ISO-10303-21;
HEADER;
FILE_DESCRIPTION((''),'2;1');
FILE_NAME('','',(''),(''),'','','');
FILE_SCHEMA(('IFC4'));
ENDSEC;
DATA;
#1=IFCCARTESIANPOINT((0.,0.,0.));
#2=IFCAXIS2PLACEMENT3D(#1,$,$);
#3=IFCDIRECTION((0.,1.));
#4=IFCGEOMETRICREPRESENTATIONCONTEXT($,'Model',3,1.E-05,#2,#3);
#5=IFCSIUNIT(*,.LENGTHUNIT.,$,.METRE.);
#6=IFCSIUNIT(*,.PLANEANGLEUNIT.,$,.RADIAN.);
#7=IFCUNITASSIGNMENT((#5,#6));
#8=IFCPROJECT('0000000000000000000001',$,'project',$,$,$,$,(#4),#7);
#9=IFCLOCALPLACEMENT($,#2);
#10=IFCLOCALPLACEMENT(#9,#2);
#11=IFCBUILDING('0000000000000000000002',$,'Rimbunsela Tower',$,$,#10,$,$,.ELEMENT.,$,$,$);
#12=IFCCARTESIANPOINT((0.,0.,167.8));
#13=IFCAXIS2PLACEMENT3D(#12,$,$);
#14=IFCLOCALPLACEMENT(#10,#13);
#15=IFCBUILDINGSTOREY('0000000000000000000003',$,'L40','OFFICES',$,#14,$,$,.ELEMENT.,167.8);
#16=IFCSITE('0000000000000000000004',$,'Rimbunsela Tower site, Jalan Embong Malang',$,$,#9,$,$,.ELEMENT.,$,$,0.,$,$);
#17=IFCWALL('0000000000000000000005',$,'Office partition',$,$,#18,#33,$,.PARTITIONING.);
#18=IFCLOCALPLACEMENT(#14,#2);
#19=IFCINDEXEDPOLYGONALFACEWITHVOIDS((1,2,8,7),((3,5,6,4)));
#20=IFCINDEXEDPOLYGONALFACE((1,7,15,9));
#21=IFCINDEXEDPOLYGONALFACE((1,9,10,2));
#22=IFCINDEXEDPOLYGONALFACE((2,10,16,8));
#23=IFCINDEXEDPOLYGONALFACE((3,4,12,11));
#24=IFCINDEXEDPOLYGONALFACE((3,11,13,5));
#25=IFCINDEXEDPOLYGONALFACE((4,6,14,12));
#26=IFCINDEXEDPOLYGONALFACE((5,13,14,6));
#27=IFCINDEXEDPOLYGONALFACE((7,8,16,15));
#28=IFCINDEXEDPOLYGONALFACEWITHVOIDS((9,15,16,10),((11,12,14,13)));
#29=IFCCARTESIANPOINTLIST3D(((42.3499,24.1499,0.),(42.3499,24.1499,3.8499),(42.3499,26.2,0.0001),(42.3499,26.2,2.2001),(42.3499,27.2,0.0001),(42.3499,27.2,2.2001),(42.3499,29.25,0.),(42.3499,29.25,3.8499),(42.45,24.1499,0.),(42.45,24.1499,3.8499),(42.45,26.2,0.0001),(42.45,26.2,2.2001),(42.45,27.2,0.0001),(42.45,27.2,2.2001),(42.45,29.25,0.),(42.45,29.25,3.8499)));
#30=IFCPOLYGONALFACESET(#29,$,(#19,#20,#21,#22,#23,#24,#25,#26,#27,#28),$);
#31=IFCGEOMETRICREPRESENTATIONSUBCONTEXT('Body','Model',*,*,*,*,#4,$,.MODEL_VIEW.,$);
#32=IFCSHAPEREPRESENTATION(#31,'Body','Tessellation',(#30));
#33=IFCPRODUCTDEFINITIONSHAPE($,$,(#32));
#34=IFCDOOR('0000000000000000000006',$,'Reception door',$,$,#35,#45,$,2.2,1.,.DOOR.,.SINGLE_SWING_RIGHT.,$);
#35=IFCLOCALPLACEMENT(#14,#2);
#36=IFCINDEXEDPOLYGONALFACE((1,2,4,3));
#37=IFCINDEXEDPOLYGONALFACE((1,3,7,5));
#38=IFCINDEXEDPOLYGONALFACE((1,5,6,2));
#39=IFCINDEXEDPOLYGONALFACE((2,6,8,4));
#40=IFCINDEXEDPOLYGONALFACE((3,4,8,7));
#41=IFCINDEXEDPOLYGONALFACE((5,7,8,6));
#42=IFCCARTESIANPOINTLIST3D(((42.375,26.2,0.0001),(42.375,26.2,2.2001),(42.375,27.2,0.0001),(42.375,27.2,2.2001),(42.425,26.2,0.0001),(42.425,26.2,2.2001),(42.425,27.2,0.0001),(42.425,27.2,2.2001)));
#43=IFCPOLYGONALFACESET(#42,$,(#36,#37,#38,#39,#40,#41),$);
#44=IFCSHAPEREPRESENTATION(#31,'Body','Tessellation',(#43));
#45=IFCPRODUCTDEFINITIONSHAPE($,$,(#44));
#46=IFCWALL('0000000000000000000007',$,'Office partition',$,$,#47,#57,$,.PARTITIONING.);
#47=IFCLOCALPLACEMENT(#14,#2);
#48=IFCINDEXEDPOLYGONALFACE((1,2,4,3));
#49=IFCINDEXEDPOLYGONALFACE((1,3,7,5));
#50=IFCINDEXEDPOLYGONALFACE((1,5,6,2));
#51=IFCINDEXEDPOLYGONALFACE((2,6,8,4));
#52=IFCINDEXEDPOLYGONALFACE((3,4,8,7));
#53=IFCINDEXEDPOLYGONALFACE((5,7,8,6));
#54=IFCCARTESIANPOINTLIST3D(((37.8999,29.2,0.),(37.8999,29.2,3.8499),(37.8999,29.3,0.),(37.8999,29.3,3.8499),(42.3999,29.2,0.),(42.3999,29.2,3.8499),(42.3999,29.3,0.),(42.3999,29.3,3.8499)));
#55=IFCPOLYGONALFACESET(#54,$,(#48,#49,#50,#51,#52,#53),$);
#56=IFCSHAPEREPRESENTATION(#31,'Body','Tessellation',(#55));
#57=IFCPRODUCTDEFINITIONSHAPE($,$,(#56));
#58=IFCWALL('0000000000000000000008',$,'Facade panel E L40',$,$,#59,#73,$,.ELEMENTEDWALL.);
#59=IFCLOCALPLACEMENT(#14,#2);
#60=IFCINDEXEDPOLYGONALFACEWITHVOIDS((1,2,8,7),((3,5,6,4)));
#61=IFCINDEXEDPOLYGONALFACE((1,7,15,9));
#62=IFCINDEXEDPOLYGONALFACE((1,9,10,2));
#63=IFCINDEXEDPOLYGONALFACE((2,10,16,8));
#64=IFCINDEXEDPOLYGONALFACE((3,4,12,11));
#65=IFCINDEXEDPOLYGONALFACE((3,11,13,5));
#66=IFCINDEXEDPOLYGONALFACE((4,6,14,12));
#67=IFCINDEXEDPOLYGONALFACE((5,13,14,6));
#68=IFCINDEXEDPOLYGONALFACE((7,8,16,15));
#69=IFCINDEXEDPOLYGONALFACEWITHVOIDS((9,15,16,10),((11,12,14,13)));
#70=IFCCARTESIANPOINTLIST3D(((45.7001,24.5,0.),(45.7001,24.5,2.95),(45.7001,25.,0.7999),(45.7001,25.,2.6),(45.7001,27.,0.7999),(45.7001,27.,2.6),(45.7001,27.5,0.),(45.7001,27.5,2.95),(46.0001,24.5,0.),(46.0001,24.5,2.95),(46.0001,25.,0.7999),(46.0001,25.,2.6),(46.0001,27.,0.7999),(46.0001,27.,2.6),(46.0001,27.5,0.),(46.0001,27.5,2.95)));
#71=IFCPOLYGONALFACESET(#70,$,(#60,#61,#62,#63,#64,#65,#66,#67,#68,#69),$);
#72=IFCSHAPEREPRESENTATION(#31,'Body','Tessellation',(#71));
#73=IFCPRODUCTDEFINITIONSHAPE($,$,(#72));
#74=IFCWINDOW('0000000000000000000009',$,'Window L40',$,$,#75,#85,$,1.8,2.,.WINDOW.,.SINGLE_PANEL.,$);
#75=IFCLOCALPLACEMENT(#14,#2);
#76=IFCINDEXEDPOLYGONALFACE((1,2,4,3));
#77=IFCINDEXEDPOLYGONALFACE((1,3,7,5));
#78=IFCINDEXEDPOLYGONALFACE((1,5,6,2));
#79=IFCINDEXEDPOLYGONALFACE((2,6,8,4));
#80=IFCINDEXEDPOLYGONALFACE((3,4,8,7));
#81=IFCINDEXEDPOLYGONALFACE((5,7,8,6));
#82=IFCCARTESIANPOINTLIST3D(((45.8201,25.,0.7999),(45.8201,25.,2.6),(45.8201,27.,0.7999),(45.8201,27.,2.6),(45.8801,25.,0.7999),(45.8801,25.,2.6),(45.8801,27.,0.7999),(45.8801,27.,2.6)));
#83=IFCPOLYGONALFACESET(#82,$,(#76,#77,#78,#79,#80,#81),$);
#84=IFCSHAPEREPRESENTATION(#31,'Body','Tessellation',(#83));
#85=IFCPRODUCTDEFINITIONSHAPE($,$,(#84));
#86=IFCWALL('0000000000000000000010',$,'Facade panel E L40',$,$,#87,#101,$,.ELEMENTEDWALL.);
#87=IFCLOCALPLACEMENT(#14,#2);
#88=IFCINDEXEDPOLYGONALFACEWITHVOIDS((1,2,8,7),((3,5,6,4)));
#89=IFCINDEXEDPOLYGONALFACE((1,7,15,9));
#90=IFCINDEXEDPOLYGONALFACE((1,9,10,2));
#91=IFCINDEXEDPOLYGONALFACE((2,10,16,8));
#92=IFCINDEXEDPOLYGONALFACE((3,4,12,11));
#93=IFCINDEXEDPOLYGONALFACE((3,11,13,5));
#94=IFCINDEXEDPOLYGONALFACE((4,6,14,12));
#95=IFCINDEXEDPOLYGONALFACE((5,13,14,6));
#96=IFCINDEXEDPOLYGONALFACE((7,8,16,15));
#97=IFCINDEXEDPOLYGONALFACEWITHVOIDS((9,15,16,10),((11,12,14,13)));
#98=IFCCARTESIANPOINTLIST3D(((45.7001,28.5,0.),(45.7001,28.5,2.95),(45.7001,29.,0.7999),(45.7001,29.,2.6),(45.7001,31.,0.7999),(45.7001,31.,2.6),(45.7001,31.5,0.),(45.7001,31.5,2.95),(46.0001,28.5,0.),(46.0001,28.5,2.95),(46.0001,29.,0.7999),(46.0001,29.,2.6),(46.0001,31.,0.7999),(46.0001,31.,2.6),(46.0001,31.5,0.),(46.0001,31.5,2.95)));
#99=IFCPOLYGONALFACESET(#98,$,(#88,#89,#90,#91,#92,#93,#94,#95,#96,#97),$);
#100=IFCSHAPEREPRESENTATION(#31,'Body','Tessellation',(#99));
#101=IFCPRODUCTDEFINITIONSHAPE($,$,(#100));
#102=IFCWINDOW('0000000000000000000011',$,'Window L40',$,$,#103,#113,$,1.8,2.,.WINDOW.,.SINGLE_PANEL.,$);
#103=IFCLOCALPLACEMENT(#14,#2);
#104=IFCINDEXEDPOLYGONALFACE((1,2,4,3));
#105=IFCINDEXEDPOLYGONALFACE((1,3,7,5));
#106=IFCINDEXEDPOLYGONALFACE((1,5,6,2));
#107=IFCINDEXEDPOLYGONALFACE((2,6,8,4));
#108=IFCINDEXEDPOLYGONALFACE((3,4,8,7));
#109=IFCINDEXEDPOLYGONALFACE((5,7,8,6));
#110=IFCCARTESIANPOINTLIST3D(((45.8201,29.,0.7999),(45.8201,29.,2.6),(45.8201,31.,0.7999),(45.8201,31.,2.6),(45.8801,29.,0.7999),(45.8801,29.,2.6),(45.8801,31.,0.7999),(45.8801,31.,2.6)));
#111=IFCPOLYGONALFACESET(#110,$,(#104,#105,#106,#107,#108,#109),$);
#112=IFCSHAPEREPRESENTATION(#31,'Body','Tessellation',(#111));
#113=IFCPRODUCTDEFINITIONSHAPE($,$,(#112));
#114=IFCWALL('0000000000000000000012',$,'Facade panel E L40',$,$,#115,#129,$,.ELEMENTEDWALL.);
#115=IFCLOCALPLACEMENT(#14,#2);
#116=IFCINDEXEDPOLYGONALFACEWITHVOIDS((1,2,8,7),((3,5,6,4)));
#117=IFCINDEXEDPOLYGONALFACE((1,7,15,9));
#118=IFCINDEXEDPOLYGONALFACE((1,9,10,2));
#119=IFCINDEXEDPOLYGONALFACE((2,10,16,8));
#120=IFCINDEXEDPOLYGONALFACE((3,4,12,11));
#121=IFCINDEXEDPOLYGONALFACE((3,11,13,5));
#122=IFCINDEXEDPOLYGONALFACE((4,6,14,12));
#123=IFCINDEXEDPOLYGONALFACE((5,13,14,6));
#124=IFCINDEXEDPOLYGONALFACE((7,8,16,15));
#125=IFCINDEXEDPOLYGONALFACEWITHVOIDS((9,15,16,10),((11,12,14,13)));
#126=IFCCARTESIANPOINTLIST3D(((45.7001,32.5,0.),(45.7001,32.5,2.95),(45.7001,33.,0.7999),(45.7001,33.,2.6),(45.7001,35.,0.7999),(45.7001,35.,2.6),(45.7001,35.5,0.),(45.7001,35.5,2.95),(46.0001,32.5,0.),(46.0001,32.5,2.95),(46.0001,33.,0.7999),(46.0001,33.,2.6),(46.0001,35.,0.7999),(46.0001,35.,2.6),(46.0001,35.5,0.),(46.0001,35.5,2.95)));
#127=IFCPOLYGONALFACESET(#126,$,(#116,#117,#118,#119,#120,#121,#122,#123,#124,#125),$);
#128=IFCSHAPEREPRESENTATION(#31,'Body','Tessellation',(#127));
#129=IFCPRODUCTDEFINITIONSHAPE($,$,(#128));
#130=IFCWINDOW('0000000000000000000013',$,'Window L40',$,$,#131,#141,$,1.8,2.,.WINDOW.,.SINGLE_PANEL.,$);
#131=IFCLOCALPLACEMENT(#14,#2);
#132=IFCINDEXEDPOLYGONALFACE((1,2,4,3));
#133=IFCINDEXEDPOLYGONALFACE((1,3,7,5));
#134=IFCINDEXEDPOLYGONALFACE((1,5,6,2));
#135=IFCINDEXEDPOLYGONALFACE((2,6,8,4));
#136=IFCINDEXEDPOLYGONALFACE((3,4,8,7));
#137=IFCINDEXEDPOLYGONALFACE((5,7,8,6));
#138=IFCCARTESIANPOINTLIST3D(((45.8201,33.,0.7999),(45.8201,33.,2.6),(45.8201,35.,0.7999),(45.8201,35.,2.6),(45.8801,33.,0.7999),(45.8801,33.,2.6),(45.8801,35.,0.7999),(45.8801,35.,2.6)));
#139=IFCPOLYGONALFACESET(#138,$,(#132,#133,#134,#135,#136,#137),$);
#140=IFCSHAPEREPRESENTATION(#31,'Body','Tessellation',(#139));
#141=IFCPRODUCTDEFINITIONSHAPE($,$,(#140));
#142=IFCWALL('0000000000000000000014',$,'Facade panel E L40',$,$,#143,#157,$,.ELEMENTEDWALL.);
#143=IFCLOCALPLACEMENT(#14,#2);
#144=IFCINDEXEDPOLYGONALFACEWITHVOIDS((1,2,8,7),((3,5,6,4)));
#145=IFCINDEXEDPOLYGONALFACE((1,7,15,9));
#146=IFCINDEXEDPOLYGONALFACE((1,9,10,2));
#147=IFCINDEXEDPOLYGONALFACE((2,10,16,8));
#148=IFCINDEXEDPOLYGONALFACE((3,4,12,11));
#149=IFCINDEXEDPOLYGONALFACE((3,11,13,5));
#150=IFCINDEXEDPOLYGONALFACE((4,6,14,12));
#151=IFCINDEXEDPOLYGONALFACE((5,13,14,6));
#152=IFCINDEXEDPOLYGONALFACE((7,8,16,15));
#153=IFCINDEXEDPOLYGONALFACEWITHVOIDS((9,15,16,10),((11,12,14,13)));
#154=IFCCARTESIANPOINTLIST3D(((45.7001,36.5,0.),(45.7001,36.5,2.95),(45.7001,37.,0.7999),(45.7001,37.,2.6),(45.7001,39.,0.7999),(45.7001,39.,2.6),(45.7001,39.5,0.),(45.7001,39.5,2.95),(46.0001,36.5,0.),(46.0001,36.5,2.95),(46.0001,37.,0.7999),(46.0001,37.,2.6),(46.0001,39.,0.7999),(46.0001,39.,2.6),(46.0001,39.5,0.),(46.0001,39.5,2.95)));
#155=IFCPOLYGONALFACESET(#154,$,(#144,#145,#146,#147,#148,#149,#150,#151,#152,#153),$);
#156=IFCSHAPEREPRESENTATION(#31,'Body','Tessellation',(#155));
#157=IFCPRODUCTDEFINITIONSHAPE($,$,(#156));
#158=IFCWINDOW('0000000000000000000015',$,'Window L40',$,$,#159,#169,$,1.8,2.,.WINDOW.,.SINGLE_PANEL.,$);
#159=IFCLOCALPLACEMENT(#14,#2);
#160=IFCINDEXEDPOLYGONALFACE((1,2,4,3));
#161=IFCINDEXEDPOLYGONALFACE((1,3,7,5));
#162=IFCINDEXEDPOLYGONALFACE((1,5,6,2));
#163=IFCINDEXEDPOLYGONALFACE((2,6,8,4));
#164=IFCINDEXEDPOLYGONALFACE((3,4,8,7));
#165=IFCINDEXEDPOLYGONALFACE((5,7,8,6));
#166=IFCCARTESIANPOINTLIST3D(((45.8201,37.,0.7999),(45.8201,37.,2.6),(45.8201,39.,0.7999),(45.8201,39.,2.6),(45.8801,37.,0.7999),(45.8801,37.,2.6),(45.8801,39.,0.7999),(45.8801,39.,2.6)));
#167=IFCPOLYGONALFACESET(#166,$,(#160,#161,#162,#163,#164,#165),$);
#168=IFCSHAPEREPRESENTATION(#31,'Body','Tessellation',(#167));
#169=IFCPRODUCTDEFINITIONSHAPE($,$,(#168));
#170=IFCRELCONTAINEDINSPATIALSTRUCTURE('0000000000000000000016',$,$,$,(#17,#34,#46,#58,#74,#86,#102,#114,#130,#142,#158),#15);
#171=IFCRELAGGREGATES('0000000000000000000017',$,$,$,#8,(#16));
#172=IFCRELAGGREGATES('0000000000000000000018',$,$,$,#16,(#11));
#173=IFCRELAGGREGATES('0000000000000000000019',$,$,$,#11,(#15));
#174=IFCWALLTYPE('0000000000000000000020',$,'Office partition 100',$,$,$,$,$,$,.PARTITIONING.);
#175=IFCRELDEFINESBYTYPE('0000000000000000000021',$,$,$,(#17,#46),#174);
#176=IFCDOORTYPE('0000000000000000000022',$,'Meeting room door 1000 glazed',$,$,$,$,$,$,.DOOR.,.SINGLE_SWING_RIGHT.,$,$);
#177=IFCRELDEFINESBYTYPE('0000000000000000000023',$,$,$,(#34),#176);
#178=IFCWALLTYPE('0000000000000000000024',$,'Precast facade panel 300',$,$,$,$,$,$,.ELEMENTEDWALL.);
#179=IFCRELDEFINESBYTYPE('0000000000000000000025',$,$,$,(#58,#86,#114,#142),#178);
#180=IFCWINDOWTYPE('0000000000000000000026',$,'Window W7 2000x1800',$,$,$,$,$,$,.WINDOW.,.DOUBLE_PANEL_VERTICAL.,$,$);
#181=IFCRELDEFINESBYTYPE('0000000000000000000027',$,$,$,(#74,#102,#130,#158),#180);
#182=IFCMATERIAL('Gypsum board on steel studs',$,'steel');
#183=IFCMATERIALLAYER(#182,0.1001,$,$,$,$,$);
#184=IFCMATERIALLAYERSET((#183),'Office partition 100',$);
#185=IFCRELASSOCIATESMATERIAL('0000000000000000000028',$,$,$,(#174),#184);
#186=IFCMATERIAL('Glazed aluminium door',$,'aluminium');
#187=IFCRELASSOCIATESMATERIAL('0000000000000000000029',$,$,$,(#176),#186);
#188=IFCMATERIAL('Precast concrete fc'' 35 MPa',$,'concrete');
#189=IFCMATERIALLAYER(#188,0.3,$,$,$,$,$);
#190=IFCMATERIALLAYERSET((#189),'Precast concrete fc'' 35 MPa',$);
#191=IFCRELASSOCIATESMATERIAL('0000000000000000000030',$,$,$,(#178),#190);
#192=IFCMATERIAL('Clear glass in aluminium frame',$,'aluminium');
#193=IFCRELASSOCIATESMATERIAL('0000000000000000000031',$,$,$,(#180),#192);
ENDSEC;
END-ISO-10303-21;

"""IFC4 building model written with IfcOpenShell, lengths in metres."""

from ifc_helpers import new_model, si_unit, direction, frame, frame_2d, origin, place, context, subcontext, project, spatial, rectangle, extrude, material, layer, layer_set, type_object, element, fill, save


model = new_model("IFC4")

# Units and contexts
model_context = context("Model", 3, precision=1e-05, world=origin(), true_north=direction((0.0, 1.0)))
body_context = subcontext(model_context, "Body", "Model", "MODEL_VIEW")
ifc_project = project(units=[si_unit("LENGTHUNIT", "METRE"), si_unit("PLANEANGLEUNIT", "RADIAN")], contexts=[model_context])

# Site, building, storey
site_placement = place(None, origin())
site = spatial("IfcSite", under=ifc_project, at=site_placement, Name="Rimbunsela Tower site, Jalan Embong Malang", CompositionType="ELEMENT", RefElevation=0.0)
building_placement = place(site_placement, origin())
building = spatial("IfcBuilding", under=site, at=building_placement, Name="Rimbunsela Tower", CompositionType="ELEMENT")
storey_placement = place(building_placement, frame((0.0, 0.0, 167.8)))
storey = spatial("IfcBuildingStorey", under=building, at=storey_placement, Name="L40", Description="OFFICES", CompositionType="ELEMENT", Elevation=167.8)

# Wall, opening, door
ifc_material_1 = material(Name="Gypsum board on steel studs", Category="steel")
ifc_layer_1 = layer(ifc_material_1, 0.1001)
ifc_layer_set_1 = layer_set([ifc_layer_1], Name="Office partition 100")
wall_type_1 = type_object("IfcWallType", Name="Office partition 100", PredefinedType="PARTITIONING", material=ifc_layer_set_1)
wall_1_placement = place(storey_placement, frame((42.3999, 24.1499, 0.0), z_axis=(0.0, 0.0, 1.0), x_axis=(0.0, 1.0, 0.0)))
wall_1 = element("IfcWall", 1, at=wall_1_placement, inside=storey, type_object=wall_type_1, Name="Office partition", PredefinedType="PARTITIONING", context=body_context, shape_type="SweptSolid", body=[
    extrude(rectangle(XDim=5.1001, YDim=0.1001, at=frame_2d((2.55, 0.0))), origin(), (0.0, 0.0, 1.0), 3.8499),
])
opening_1_placement = place(wall_1_placement, frame((2.05, 0.0, 0.0)))
opening_1 = element("IfcOpeningElement", 2, at=opening_1_placement, cuts=wall_1, PredefinedType="OPENING", context=body_context, shape_type="SweptSolid", body=[
    extrude(rectangle(XDim=1.0, YDim=2.2, at=frame_2d((0.5, 1.1001))), frame((0.0, 0.0601, 0.0), z_axis=(0.0, -1.0, 0.0), x_axis=(1.0, 0.0, 0.0)), (0.0, 0.0, 1.0), 0.1201),
])
ifc_material_2 = material(Name="Glazed aluminium door", Category="aluminium")
door_type = type_object("IfcDoorType", Name="Meeting room door 1000 glazed", OperationType="SINGLE_SWING_RIGHT", PredefinedType="DOOR", material=ifc_material_2)
door_placement = place(opening_1_placement, origin())
door = element("IfcDoor", 3, at=door_placement, inside=storey, type_object=door_type, Name="Reception door", OperationType="SINGLE_SWING_RIGHT", OverallHeight=2.2, OverallWidth=1.0, PredefinedType="DOOR", context=body_context, shape_type="SweptSolid", body=[
    extrude(rectangle(XDim=1.0, YDim=2.2, at=frame_2d((0.5, 1.1001))), frame((0.0, 0.0249, 0.0), z_axis=(0.0, -1.0, 0.0), x_axis=(1.0, 0.0, 0.0)), (0.0, 0.0, 1.0), 0.05),
])
fill(opening_1, door)

# Wall
wall_2_placement = place(storey_placement, frame((42.3999, 29.25, 0.0), z_axis=(0.0, 0.0, 1.0), x_axis=(-1.0, 0.0, 0.0)))
element("IfcWall", 4, at=wall_2_placement, inside=storey, type_object=wall_type_1, Name="Office partition", PredefinedType="PARTITIONING", context=body_context, shape_type="SweptSolid", body=[
    extrude(rectangle(XDim=4.5, YDim=0.1001, at=frame_2d((2.25, 0.0))), origin(), (0.0, 0.0, 1.0), 3.8499),
])

# Walls, openings, windows
ifc_material_3 = material(Name="Precast concrete fc' 35 MPa", Category="concrete")
ifc_layer_2 = layer(ifc_material_3, 0.3)
ifc_layer_set_2 = layer_set([ifc_layer_2], Name="Precast concrete fc' 35 MPa")
wall_type_2 = type_object("IfcWallType", Name="Precast facade panel 300", PredefinedType="ELEMENTEDWALL", material=ifc_layer_set_2)
wall_3_placement = place(storey_placement, frame((45.8501, 24.5, 0.0), z_axis=(0.0, 0.0, 1.0), x_axis=(0.0, 1.0, 0.0)))
wall_3 = element("IfcWall", 5, at=wall_3_placement, inside=storey, type_object=wall_type_2, Name="Facade panel E L40", PredefinedType="ELEMENTEDWALL", context=body_context, shape_type="SweptSolid", body=[
    extrude(rectangle(XDim=3.0, YDim=0.3, at=frame_2d((1.5, 0.0))), origin(), (0.0, 0.0, 1.0), 2.95),
])
opening_2_placement = place(wall_3_placement, frame((0.5, 0.0, 0.8)))
opening_2 = element("IfcOpeningElement", 6, at=opening_2_placement, cuts=wall_3, PredefinedType="OPENING", context=body_context, shape_type="SweptSolid", body=[
    extrude(rectangle(XDim=2.0, YDim=1.8, at=frame_2d((1.0, 0.8999))), frame((0.0, 0.1599, 0.0), z_axis=(0.0, -1.0, 0.0), x_axis=(1.0, 0.0, 0.0)), (0.0, 0.0, 1.0), 0.3201),
])
ifc_material_4 = material(Name="Clear glass in aluminium frame", Category="aluminium")
window_type = type_object("IfcWindowType", Name="Window W7 2000x1800", PartitioningType="DOUBLE_PANEL_VERTICAL", PredefinedType="WINDOW", material=ifc_material_4)
window_1_placement = place(opening_2_placement, origin())
window_1 = element("IfcWindow", 7, at=window_1_placement, inside=storey, type_object=window_type, Name="Window L40", OverallHeight=1.8, OverallWidth=2.0, PartitioningType="SINGLE_PANEL", PredefinedType="WINDOW", context=body_context, shape_type="SweptSolid", body=[
    extrude(rectangle(XDim=2.0, YDim=1.8, at=frame_2d((1.0, 0.8999))), frame((0.0, 0.03, 0.0), z_axis=(0.0, -1.0, 0.0), x_axis=(1.0, 0.0, 0.0)), (0.0, 0.0, 1.0), 0.0601),
])
fill(opening_2, window_1)
wall_4_placement = place(storey_placement, frame((45.8501, 28.5, 0.0), z_axis=(0.0, 0.0, 1.0), x_axis=(0.0, 1.0, 0.0)))
wall_4 = element("IfcWall", 8, at=wall_4_placement, inside=storey, type_object=wall_type_2, Name="Facade panel E L40", PredefinedType="ELEMENTEDWALL", context=body_context, shape_type="SweptSolid", body=[
    extrude(rectangle(XDim=3.0, YDim=0.3, at=frame_2d((1.5, 0.0))), origin(), (0.0, 0.0, 1.0), 2.95),
])
opening_3_placement = place(wall_4_placement, frame((0.5, 0.0, 0.8)))
opening_3 = element("IfcOpeningElement", 9, at=opening_3_placement, cuts=wall_4, PredefinedType="OPENING", context=body_context, shape_type="SweptSolid", body=[
    extrude(rectangle(XDim=2.0, YDim=1.8, at=frame_2d((1.0, 0.8999))), frame((0.0, 0.1599, 0.0), z_axis=(0.0, -1.0, 0.0), x_axis=(1.0, 0.0, 0.0)), (0.0, 0.0, 1.0), 0.3201),
])
window_2_placement = place(opening_3_placement, origin())
window_2 = element("IfcWindow", 10, at=window_2_placement, inside=storey, type_object=window_type, Name="Window L40", OverallHeight=1.8, OverallWidth=2.0, PartitioningType="SINGLE_PANEL", PredefinedType="WINDOW", context=body_context, shape_type="SweptSolid", body=[
    extrude(rectangle(XDim=2.0, YDim=1.8, at=frame_2d((1.0, 0.8999))), frame((0.0, 0.03, 0.0), z_axis=(0.0, -1.0, 0.0), x_axis=(1.0, 0.0, 0.0)), (0.0, 0.0, 1.0), 0.0601),
])
fill(opening_3, window_2)
wall_5_placement = place(storey_placement, frame((45.8501, 32.5, 0.0), z_axis=(0.0, 0.0, 1.0), x_axis=(0.0, 1.0, 0.0)))
wall_5 = element("IfcWall", 11, at=wall_5_placement, inside=storey, type_object=wall_type_2, Name="Facade panel E L40", PredefinedType="ELEMENTEDWALL", context=body_context, shape_type="SweptSolid", body=[
    extrude(rectangle(XDim=3.0, YDim=0.3, at=frame_2d((1.5, 0.0))), origin(), (0.0, 0.0, 1.0), 2.95),
])
opening_4_placement = place(wall_5_placement, frame((0.5, 0.0, 0.8)))
opening_4 = element("IfcOpeningElement", 12, at=opening_4_placement, cuts=wall_5, PredefinedType="OPENING", context=body_context, shape_type="SweptSolid", body=[
    extrude(rectangle(XDim=2.0, YDim=1.8, at=frame_2d((1.0, 0.8999))), frame((0.0, 0.1599, 0.0), z_axis=(0.0, -1.0, 0.0), x_axis=(1.0, 0.0, 0.0)), (0.0, 0.0, 1.0), 0.3201),
])
window_3_placement = place(opening_4_placement, origin())
window_3 = element("IfcWindow", 13, at=window_3_placement, inside=storey, type_object=window_type, Name="Window L40", OverallHeight=1.8, OverallWidth=2.0, PartitioningType="SINGLE_PANEL", PredefinedType="WINDOW", context=body_context, shape_type="SweptSolid", body=[
    extrude(rectangle(XDim=2.0, YDim=1.8, at=frame_2d((1.0, 0.8999))), frame((0.0, 0.03, 0.0), z_axis=(0.0, -1.0, 0.0), x_axis=(1.0, 0.0, 0.0)), (0.0, 0.0, 1.0), 0.0601),
])
fill(opening_4, window_3)
wall_6_placement = place(storey_placement, frame((45.8501, 36.5, 0.0), z_axis=(0.0, 0.0, 1.0), x_axis=(0.0, 1.0, 0.0)))
wall_6 = element("IfcWall", 14, at=wall_6_placement, inside=storey, type_object=wall_type_2, Name="Facade panel E L40", PredefinedType="ELEMENTEDWALL", context=body_context, shape_type="SweptSolid", body=[
    extrude(rectangle(XDim=3.0, YDim=0.3, at=frame_2d((1.5, 0.0))), origin(), (0.0, 0.0, 1.0), 2.95),
])
opening_5_placement = place(wall_6_placement, frame((0.5, 0.0, 0.8)))
opening_5 = element("IfcOpeningElement", 15, at=opening_5_placement, cuts=wall_6, PredefinedType="OPENING", context=body_context, shape_type="SweptSolid", body=[
    extrude(rectangle(XDim=2.0, YDim=1.8, at=frame_2d((1.0, 0.8999))), frame((0.0, 0.1599, 0.0), z_axis=(0.0, -1.0, 0.0), x_axis=(1.0, 0.0, 0.0)), (0.0, 0.0, 1.0), 0.3201),
])
window_4_placement = place(opening_5_placement, origin())
window_4 = element("IfcWindow", 16, at=window_4_placement, inside=storey, type_object=window_type, Name="Window L40", OverallHeight=1.8, OverallWidth=2.0, PartitioningType="SINGLE_PANEL", PredefinedType="WINDOW", context=body_context, shape_type="SweptSolid", body=[
    extrude(rectangle(XDim=2.0, YDim=1.8, at=frame_2d((1.0, 0.8999))), frame((0.0, 0.03, 0.0), z_axis=(0.0, -1.0, 0.0), x_axis=(1.0, 0.0, 0.0)), (0.0, 0.0, 1.0), 0.0601),
])
fill(opening_5, window_4)

save(model, "model.ifc")
